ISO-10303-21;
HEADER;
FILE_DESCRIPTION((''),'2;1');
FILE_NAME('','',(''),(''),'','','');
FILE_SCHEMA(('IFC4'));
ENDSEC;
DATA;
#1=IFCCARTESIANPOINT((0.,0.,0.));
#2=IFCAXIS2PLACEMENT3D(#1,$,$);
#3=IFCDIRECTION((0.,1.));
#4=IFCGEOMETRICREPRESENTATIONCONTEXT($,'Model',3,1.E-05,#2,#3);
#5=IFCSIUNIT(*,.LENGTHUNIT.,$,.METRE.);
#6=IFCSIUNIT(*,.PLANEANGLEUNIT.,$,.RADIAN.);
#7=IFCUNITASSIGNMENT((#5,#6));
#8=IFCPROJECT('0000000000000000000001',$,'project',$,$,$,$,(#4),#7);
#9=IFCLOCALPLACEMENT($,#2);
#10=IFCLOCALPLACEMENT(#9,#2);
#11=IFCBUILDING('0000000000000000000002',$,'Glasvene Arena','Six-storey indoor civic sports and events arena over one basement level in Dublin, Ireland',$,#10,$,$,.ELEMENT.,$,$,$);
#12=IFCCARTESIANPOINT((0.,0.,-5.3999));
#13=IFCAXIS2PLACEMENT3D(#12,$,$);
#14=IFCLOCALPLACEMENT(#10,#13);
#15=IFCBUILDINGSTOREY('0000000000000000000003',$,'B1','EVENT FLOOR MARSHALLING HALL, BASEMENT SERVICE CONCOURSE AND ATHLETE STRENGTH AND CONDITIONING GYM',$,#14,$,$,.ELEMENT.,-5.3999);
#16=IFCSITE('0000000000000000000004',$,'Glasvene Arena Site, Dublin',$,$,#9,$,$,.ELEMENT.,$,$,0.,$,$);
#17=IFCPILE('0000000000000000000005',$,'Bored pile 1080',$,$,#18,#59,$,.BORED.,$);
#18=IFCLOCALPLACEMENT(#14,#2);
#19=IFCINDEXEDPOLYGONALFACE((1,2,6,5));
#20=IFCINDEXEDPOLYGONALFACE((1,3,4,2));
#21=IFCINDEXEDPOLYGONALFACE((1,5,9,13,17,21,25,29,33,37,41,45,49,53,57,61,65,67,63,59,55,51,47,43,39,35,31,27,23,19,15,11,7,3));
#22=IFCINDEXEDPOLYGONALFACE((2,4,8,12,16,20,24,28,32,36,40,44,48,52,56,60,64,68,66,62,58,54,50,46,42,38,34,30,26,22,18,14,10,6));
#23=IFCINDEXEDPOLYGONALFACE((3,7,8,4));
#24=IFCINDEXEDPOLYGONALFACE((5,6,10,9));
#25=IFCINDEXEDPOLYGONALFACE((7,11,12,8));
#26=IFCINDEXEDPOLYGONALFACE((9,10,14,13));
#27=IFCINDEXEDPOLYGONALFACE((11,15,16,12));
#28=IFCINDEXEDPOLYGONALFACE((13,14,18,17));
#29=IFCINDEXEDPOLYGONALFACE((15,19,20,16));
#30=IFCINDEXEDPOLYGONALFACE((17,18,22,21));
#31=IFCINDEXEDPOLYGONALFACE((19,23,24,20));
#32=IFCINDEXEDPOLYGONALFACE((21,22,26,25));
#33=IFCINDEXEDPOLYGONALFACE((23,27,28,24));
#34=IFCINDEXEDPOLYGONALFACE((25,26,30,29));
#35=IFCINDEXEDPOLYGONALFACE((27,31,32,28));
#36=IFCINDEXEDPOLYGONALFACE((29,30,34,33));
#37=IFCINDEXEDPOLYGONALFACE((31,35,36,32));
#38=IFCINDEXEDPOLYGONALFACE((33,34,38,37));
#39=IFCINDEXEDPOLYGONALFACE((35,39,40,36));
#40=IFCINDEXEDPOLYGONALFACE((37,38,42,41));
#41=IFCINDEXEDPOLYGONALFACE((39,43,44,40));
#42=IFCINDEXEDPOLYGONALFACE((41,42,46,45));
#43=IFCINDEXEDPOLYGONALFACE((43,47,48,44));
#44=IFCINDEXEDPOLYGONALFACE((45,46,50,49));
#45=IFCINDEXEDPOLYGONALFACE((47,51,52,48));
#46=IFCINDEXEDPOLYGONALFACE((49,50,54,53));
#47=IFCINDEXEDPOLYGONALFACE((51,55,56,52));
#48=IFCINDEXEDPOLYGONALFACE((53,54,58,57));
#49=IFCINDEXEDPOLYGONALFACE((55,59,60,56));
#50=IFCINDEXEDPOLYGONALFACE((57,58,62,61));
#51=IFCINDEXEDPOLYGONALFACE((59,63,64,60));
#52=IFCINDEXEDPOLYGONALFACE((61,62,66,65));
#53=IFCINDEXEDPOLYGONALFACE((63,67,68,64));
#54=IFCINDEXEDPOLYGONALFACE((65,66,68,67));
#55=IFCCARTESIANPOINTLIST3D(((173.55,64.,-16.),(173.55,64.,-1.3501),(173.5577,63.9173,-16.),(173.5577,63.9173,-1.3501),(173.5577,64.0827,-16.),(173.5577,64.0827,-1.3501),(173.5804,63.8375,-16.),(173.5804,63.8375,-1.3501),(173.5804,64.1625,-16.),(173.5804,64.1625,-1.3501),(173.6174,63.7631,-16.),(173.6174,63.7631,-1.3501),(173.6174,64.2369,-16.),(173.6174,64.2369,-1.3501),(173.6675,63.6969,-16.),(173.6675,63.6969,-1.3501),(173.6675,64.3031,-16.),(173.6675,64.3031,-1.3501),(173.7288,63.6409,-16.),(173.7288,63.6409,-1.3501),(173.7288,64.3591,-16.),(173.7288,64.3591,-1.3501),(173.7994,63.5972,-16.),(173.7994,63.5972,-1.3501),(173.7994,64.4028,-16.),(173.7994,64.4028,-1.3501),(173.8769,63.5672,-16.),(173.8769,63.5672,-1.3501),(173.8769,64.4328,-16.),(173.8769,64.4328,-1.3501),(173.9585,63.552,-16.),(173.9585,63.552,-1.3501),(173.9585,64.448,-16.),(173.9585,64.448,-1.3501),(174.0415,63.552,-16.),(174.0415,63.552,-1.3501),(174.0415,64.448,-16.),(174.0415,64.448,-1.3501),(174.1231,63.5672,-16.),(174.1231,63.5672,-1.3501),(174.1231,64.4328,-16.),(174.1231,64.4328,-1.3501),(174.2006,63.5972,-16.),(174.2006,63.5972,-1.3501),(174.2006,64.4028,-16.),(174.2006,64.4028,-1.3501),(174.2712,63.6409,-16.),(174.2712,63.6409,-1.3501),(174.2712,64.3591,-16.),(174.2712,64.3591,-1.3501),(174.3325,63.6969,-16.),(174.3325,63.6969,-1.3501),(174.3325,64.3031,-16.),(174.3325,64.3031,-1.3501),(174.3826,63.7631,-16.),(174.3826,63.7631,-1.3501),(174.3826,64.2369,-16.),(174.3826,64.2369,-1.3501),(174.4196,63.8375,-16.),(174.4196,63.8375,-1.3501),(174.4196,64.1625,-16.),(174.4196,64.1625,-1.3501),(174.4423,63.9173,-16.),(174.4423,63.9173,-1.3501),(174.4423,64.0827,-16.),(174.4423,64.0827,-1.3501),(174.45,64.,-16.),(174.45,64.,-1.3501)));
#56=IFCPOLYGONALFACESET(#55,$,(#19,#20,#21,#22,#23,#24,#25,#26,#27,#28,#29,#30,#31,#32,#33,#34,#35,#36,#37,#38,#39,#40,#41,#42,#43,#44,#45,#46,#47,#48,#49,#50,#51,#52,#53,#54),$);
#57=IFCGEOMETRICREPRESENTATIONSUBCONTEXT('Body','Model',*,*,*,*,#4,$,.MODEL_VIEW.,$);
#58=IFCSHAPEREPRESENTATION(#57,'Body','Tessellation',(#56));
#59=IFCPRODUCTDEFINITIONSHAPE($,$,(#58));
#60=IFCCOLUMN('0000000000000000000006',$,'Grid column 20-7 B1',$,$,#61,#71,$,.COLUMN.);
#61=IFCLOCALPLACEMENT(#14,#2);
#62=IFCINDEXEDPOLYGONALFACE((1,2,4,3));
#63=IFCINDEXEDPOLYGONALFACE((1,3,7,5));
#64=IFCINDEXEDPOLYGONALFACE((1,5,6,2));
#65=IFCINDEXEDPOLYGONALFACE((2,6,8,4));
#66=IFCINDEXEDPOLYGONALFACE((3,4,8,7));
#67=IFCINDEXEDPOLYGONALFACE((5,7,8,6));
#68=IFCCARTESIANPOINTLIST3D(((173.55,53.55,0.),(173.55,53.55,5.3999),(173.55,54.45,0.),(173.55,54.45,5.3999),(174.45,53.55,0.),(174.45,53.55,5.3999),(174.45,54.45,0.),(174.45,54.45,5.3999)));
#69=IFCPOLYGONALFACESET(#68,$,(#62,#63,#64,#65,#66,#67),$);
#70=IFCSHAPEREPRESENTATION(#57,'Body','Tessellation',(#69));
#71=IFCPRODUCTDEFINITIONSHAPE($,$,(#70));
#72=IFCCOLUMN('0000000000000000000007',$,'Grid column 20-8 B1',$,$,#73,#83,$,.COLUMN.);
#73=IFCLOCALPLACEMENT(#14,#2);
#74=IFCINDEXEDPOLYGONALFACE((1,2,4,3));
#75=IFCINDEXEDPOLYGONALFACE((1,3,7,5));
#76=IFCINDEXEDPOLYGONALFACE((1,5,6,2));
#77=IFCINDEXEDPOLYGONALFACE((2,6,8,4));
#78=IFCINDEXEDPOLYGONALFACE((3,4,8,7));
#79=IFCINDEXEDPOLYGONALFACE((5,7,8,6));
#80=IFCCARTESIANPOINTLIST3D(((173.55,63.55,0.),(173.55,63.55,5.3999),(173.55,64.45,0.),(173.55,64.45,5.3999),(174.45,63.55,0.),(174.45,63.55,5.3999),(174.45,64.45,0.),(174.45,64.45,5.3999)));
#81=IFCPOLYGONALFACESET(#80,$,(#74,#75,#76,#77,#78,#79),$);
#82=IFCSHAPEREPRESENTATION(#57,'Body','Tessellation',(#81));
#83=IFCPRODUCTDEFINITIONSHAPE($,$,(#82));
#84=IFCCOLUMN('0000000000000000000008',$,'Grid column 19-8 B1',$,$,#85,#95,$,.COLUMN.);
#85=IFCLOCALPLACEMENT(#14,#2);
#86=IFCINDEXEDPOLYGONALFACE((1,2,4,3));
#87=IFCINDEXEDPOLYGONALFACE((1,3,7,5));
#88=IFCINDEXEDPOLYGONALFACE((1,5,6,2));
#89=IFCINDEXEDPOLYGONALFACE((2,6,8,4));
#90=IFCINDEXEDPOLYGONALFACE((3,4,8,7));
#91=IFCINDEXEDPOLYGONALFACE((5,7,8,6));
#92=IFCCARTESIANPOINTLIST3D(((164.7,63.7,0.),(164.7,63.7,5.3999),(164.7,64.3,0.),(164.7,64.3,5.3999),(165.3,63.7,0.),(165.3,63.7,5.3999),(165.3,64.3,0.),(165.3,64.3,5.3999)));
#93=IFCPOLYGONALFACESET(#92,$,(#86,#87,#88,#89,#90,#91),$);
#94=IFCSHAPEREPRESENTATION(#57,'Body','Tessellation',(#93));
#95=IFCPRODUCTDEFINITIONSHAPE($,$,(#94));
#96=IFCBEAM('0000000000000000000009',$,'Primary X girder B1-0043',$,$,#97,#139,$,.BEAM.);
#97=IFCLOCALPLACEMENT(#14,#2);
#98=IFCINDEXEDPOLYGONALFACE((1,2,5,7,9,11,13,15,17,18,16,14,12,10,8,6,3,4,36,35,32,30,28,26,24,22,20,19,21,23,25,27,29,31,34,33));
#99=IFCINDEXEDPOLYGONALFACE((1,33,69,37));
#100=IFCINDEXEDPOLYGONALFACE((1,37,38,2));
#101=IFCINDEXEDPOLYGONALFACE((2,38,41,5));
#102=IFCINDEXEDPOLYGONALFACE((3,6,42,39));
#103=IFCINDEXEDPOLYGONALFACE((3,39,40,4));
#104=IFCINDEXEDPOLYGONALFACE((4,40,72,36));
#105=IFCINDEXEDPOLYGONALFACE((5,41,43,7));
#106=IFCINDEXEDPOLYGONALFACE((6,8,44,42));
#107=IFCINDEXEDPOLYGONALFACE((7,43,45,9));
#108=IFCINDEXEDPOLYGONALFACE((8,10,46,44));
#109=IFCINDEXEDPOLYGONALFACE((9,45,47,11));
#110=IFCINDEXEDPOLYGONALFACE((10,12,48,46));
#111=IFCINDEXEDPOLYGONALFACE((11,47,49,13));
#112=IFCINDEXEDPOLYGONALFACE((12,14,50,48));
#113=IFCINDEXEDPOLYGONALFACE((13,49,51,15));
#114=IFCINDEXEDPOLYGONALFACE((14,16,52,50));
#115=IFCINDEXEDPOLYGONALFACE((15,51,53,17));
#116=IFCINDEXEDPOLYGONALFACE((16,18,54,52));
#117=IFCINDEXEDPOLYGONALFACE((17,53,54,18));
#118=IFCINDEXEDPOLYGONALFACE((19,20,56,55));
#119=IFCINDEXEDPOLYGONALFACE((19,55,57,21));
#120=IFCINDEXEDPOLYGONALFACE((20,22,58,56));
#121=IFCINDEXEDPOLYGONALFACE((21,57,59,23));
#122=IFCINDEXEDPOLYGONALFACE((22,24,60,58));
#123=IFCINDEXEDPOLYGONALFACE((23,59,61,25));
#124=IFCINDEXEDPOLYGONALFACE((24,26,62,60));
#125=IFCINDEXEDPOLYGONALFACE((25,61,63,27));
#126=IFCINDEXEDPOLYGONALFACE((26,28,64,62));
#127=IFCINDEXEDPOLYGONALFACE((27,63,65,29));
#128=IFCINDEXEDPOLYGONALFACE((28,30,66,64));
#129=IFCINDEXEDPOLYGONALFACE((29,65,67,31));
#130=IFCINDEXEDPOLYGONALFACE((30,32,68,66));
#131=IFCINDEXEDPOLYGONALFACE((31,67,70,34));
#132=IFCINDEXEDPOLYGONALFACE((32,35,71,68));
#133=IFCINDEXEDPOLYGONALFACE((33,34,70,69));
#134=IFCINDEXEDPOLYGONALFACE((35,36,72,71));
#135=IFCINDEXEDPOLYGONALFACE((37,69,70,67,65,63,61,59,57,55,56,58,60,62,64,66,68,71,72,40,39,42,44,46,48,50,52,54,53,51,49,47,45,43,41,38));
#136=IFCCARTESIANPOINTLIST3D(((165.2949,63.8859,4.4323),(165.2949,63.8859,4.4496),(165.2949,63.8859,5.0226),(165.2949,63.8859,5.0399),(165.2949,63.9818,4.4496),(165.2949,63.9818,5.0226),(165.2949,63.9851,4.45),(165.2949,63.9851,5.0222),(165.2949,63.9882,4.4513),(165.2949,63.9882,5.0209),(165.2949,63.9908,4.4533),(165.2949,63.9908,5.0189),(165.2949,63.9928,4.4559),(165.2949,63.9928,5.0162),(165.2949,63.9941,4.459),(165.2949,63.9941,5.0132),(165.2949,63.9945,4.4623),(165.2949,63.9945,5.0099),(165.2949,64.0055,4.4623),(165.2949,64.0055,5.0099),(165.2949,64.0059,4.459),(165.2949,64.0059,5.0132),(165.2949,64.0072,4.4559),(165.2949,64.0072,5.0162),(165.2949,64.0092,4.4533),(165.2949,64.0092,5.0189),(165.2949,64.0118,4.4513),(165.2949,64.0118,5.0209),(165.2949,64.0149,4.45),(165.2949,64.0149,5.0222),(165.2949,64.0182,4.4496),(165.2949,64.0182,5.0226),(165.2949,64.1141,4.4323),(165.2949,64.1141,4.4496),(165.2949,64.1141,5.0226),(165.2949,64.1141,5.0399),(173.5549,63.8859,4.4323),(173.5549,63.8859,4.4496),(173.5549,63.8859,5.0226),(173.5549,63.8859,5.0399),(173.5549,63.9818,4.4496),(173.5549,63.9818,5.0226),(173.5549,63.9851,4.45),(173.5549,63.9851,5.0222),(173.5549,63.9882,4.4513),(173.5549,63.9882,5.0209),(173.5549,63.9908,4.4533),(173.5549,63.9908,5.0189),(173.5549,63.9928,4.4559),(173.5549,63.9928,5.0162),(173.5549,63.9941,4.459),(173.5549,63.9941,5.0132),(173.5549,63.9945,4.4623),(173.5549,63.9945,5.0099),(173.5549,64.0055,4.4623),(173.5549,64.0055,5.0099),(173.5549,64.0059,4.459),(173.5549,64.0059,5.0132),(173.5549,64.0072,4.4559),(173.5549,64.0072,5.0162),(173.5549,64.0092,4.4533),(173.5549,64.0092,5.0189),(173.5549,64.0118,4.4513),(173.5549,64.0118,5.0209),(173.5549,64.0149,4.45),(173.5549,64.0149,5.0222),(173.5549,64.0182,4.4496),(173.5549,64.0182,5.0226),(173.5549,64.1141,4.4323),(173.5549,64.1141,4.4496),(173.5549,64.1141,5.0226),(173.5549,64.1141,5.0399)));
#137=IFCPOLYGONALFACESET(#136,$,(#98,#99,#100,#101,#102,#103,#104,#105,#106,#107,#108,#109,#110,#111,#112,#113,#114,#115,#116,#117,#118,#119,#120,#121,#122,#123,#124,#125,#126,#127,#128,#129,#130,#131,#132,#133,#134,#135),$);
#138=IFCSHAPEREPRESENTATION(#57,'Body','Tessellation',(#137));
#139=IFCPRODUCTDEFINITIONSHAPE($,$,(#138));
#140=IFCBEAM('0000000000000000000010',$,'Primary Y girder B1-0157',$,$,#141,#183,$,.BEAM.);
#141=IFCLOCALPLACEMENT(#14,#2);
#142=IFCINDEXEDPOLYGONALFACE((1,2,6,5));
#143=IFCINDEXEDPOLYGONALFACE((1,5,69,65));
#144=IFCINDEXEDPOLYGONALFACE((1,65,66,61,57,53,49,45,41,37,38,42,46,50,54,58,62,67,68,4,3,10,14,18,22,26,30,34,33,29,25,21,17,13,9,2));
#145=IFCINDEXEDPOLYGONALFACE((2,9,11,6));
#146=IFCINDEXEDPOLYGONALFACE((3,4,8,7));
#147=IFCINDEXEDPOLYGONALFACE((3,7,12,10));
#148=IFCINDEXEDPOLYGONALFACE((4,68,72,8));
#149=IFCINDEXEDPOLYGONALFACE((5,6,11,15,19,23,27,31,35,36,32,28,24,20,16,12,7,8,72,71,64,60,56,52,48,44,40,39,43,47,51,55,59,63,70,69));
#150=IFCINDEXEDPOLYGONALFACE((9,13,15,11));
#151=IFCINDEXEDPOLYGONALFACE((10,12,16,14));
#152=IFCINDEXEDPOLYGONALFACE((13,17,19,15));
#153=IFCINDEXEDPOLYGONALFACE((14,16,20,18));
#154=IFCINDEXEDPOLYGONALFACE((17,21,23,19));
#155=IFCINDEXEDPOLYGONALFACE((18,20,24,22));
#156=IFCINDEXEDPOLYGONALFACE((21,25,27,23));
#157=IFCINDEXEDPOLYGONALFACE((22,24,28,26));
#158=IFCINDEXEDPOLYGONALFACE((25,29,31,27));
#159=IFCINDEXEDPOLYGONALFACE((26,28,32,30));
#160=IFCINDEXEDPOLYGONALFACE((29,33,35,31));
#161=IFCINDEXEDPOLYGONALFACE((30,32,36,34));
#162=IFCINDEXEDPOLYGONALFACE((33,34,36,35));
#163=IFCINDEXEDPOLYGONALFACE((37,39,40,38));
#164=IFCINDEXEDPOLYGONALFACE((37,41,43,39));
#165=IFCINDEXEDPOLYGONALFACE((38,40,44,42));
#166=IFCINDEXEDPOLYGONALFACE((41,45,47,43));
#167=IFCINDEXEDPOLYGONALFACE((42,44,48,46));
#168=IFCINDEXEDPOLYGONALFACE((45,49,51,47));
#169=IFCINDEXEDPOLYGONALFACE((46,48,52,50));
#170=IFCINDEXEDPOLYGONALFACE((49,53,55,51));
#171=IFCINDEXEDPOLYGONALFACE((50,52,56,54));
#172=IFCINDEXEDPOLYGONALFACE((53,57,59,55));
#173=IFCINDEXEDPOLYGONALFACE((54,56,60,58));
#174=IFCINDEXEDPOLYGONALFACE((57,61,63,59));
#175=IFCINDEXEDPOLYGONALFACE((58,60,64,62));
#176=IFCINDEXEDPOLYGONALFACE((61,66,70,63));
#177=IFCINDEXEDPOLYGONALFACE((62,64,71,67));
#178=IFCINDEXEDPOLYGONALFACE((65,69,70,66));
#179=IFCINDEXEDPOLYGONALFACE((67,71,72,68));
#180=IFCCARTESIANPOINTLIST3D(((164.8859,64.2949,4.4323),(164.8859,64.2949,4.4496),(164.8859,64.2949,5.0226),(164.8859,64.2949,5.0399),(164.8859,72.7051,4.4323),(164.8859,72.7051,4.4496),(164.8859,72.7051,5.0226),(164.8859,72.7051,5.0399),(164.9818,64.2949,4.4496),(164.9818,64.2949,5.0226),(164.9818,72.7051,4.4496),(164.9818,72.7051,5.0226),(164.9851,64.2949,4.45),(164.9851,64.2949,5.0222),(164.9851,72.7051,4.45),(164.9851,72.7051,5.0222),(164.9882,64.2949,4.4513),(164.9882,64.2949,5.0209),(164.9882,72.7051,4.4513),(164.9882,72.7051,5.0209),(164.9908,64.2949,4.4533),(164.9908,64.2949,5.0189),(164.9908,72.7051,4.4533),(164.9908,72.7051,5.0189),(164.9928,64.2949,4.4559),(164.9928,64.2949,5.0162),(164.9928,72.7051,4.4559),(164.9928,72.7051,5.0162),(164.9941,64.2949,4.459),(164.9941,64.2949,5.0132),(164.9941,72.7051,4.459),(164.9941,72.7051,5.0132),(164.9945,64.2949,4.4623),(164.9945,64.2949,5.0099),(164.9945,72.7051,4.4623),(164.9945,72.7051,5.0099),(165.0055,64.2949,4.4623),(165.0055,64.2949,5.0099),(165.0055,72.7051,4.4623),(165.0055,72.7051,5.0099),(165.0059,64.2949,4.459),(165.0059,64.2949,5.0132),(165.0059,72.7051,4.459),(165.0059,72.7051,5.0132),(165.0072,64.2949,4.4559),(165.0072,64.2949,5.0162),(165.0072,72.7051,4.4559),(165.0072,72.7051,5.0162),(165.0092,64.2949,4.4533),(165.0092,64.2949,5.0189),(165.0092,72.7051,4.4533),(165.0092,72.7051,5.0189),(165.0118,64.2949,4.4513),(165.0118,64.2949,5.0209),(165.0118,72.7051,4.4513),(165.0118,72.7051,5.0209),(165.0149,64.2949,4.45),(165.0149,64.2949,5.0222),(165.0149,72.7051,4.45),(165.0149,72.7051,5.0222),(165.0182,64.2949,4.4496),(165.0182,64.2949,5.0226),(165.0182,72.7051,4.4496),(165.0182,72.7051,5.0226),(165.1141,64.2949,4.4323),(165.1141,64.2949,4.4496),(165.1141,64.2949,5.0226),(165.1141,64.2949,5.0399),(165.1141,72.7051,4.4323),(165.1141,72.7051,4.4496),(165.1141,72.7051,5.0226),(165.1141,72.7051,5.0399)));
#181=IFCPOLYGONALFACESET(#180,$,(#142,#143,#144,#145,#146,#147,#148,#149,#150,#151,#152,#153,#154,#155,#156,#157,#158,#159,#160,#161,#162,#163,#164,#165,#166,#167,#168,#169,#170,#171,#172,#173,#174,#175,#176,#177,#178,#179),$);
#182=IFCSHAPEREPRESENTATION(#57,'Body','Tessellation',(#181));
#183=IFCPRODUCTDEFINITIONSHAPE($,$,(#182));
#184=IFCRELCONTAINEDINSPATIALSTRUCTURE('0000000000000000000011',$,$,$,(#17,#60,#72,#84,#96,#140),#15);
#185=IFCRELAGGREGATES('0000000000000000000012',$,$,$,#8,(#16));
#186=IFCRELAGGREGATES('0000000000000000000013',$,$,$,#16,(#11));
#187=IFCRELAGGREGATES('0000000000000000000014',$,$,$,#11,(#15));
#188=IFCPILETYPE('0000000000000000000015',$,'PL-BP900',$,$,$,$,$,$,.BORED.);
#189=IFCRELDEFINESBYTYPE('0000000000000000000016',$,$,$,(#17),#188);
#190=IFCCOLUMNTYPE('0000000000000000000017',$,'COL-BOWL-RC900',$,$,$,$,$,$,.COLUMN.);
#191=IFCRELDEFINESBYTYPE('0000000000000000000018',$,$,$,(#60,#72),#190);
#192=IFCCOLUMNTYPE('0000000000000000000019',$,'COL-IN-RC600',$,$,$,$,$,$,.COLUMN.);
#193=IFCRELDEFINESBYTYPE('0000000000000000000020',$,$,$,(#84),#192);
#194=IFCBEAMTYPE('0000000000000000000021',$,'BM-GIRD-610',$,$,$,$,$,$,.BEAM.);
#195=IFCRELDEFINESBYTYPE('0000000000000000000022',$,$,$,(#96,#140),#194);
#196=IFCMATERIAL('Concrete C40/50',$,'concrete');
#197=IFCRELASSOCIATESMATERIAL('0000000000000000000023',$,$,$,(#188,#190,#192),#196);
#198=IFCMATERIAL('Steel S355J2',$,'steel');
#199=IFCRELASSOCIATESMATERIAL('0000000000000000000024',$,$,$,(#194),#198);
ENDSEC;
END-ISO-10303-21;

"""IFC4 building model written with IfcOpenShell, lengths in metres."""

from ifc_helpers import new_model, si_unit, direction, frame, origin, origin_2d, place, context, subcontext, project, spatial, rectangle, circle, i_section, extrude, material, material_profile, profile_set, type_object, element, save


model = new_model("IFC4")

# Units and contexts
model_context = context("Model", 3, precision=1e-05, world=origin(), true_north=direction((0.0, 1.0)))
body_context = subcontext(model_context, "Body", "Model", "MODEL_VIEW")
ifc_project = project(units=[si_unit("LENGTHUNIT", "METRE"), si_unit("PLANEANGLEUNIT", "RADIAN")], contexts=[model_context])

# Site, building, storey
site_placement = place(None, origin())
site = spatial("IfcSite", under=ifc_project, at=site_placement, Name="Glasvene Arena Site, Dublin", CompositionType="ELEMENT", RefElevation=0.0)
building_placement = place(site_placement, origin())
building = spatial("IfcBuilding", under=site, at=building_placement, Name="Glasvene Arena", Description="Six-storey indoor civic sports and events arena over one basement level in Dublin, Ireland", CompositionType="ELEMENT")
storey_placement = place(building_placement, frame((0.0, 0.0, -5.3999)))
storey = spatial("IfcBuildingStorey", under=building, at=storey_placement, Name="B1", Description="EVENT FLOOR MARSHALLING HALL, BASEMENT SERVICE CONCOURSE AND ATHLETE STRENGTH AND CONDITIONING GYM", CompositionType="ELEMENT", Elevation=-5.3999)

# Shared definitions
ifc_material_1 = material(Name="Concrete C40/50", Category="concrete")

# Pile
ifc_material_profile_1 = material_profile(ifc_material_1, circle(Radius=0.45, at=origin_2d()), Name="BORED PILE 900")
ifc_profile_set_1 = profile_set([ifc_material_profile_1], Name="Concrete C40/50")
pile_type = type_object("IfcPileType", Name="PL-BP900", PredefinedType="BORED", material=ifc_profile_set_1)
for number, where, z_axis, x_axis, name in (
    (1, (174.0, 64.0, -1.3501), (0.0, 0.0, -1.0), (1.0, 0.0, 0.0), "Bored pile 1080"),
):
    element("IfcPile", number, at=place(storey_placement, frame(where, z_axis=z_axis, x_axis=x_axis)), inside=storey, type_object=pile_type, Name=name, PredefinedType="BORED", context=body_context, shape_type="SweptSolid", body=[
        extrude(circle(Radius=0.45, at=origin_2d()), origin(), (0.0, 0.0, 1.0), 14.6499),
    ])

# Columns
ifc_material_profile_2 = material_profile(ifc_material_1, rectangle(XDim=0.8999, YDim=0.8999, at=origin_2d()), Name="RC 900x900")
ifc_profile_set_2 = profile_set([ifc_material_profile_2], Name="Concrete C40/50")
column_type_1 = type_object("IfcColumnType", Name="COL-BOWL-RC900", PredefinedType="COLUMN", material=ifc_profile_set_2)
for number, where, z_axis, x_axis, name in (
    (2, (174.0, 54.0, 0.0), (0.0, 0.0, 1.0), (1.0, 0.0, 0.0), "Grid column 20-7 B1"),
    (3, (174.0, 64.0, 0.0), (0.0, 0.0, 1.0), (1.0, 0.0, 0.0), "Grid column 20-8 B1"),
):
    element("IfcColumn", number, at=place(storey_placement, frame(where, z_axis=z_axis, x_axis=x_axis)), inside=storey, type_object=column_type_1, Name=name, PredefinedType="COLUMN", context=body_context, shape_type="SweptSolid", body=[
        extrude(rectangle(XDim=0.8999, YDim=0.8999, at=origin_2d()), origin(), (0.0, 0.0, 1.0), 5.3999),
    ])
ifc_material_profile_3 = material_profile(ifc_material_1, rectangle(XDim=0.6001, YDim=0.6001, at=origin_2d()), Name="RC 600x600")
ifc_profile_set_3 = profile_set([ifc_material_profile_3], Name="Concrete C40/50")
column_type_2 = type_object("IfcColumnType", Name="COL-IN-RC600", PredefinedType="COLUMN", material=ifc_profile_set_3)
column_placement = place(storey_placement, frame((165.0, 64.0, 0.0), z_axis=(0.0, 0.0, 1.0), x_axis=(1.0, 0.0, 0.0)))
element("IfcColumn", 4, at=column_placement, inside=storey, type_object=column_type_2, Name="Grid column 19-8 B1", PredefinedType="COLUMN", context=body_context, shape_type="SweptSolid", body=[
    extrude(rectangle(XDim=0.6001, YDim=0.6001, at=origin_2d()), origin(), (0.0, 0.0, 1.0), 5.3999),
])

# Beams
ifc_material_2 = material(Name="Steel S355J2", Category="steel")
ifc_material_profile_4 = material_profile(ifc_material_2, i_section(OverallWidth=0.2283, OverallDepth=0.6077, WebThickness=0.011, FlangeThickness=0.0173, FilletRadius=0.0127, at=origin_2d()), Name="UKB 610x229x113")
ifc_profile_set_4 = profile_set([ifc_material_profile_4], Name="Steel S355J2")
beam_type_1 = type_object("IfcBeamType", Name="BM-GIRD-610", PredefinedType="BEAM", material=ifc_profile_set_4)
beam_1_placement = place(storey_placement, frame((165.2949, 64.0, 4.7361), z_axis=(1.0, 0.0, 0.0), x_axis=(0.0, 1.0, 0.0)))
element("IfcBeam", 5, at=beam_1_placement, inside=storey, type_object=beam_type_1, Name="Primary X girder B1-0043", PredefinedType="BEAM", context=body_context, shape_type="SweptSolid", body=[
    extrude(i_section(OverallWidth=0.2283, OverallDepth=0.6077, WebThickness=0.011, FlangeThickness=0.0173, FilletRadius=0.0127, at=origin_2d()), origin(), (0.0, 0.0, 1.0), 8.26),
])
beam_2_placement = place(storey_placement, frame((165.0, 64.2949, 4.7361), z_axis=(0.0, 1.0, 0.0), x_axis=(-1.0, 0.0, 0.0)))
element("IfcBeam", 6, at=beam_2_placement, inside=storey, type_object=beam_type_1, Name="Primary Y girder B1-0157", PredefinedType="BEAM", context=body_context, shape_type="SweptSolid", body=[
    extrude(i_section(OverallWidth=0.2283, OverallDepth=0.6077, WebThickness=0.011, FlangeThickness=0.0173, FilletRadius=0.0127, at=origin_2d()), origin(), (0.0, 0.0, 1.0), 8.4102),
])

save(model, "model.ifc")
